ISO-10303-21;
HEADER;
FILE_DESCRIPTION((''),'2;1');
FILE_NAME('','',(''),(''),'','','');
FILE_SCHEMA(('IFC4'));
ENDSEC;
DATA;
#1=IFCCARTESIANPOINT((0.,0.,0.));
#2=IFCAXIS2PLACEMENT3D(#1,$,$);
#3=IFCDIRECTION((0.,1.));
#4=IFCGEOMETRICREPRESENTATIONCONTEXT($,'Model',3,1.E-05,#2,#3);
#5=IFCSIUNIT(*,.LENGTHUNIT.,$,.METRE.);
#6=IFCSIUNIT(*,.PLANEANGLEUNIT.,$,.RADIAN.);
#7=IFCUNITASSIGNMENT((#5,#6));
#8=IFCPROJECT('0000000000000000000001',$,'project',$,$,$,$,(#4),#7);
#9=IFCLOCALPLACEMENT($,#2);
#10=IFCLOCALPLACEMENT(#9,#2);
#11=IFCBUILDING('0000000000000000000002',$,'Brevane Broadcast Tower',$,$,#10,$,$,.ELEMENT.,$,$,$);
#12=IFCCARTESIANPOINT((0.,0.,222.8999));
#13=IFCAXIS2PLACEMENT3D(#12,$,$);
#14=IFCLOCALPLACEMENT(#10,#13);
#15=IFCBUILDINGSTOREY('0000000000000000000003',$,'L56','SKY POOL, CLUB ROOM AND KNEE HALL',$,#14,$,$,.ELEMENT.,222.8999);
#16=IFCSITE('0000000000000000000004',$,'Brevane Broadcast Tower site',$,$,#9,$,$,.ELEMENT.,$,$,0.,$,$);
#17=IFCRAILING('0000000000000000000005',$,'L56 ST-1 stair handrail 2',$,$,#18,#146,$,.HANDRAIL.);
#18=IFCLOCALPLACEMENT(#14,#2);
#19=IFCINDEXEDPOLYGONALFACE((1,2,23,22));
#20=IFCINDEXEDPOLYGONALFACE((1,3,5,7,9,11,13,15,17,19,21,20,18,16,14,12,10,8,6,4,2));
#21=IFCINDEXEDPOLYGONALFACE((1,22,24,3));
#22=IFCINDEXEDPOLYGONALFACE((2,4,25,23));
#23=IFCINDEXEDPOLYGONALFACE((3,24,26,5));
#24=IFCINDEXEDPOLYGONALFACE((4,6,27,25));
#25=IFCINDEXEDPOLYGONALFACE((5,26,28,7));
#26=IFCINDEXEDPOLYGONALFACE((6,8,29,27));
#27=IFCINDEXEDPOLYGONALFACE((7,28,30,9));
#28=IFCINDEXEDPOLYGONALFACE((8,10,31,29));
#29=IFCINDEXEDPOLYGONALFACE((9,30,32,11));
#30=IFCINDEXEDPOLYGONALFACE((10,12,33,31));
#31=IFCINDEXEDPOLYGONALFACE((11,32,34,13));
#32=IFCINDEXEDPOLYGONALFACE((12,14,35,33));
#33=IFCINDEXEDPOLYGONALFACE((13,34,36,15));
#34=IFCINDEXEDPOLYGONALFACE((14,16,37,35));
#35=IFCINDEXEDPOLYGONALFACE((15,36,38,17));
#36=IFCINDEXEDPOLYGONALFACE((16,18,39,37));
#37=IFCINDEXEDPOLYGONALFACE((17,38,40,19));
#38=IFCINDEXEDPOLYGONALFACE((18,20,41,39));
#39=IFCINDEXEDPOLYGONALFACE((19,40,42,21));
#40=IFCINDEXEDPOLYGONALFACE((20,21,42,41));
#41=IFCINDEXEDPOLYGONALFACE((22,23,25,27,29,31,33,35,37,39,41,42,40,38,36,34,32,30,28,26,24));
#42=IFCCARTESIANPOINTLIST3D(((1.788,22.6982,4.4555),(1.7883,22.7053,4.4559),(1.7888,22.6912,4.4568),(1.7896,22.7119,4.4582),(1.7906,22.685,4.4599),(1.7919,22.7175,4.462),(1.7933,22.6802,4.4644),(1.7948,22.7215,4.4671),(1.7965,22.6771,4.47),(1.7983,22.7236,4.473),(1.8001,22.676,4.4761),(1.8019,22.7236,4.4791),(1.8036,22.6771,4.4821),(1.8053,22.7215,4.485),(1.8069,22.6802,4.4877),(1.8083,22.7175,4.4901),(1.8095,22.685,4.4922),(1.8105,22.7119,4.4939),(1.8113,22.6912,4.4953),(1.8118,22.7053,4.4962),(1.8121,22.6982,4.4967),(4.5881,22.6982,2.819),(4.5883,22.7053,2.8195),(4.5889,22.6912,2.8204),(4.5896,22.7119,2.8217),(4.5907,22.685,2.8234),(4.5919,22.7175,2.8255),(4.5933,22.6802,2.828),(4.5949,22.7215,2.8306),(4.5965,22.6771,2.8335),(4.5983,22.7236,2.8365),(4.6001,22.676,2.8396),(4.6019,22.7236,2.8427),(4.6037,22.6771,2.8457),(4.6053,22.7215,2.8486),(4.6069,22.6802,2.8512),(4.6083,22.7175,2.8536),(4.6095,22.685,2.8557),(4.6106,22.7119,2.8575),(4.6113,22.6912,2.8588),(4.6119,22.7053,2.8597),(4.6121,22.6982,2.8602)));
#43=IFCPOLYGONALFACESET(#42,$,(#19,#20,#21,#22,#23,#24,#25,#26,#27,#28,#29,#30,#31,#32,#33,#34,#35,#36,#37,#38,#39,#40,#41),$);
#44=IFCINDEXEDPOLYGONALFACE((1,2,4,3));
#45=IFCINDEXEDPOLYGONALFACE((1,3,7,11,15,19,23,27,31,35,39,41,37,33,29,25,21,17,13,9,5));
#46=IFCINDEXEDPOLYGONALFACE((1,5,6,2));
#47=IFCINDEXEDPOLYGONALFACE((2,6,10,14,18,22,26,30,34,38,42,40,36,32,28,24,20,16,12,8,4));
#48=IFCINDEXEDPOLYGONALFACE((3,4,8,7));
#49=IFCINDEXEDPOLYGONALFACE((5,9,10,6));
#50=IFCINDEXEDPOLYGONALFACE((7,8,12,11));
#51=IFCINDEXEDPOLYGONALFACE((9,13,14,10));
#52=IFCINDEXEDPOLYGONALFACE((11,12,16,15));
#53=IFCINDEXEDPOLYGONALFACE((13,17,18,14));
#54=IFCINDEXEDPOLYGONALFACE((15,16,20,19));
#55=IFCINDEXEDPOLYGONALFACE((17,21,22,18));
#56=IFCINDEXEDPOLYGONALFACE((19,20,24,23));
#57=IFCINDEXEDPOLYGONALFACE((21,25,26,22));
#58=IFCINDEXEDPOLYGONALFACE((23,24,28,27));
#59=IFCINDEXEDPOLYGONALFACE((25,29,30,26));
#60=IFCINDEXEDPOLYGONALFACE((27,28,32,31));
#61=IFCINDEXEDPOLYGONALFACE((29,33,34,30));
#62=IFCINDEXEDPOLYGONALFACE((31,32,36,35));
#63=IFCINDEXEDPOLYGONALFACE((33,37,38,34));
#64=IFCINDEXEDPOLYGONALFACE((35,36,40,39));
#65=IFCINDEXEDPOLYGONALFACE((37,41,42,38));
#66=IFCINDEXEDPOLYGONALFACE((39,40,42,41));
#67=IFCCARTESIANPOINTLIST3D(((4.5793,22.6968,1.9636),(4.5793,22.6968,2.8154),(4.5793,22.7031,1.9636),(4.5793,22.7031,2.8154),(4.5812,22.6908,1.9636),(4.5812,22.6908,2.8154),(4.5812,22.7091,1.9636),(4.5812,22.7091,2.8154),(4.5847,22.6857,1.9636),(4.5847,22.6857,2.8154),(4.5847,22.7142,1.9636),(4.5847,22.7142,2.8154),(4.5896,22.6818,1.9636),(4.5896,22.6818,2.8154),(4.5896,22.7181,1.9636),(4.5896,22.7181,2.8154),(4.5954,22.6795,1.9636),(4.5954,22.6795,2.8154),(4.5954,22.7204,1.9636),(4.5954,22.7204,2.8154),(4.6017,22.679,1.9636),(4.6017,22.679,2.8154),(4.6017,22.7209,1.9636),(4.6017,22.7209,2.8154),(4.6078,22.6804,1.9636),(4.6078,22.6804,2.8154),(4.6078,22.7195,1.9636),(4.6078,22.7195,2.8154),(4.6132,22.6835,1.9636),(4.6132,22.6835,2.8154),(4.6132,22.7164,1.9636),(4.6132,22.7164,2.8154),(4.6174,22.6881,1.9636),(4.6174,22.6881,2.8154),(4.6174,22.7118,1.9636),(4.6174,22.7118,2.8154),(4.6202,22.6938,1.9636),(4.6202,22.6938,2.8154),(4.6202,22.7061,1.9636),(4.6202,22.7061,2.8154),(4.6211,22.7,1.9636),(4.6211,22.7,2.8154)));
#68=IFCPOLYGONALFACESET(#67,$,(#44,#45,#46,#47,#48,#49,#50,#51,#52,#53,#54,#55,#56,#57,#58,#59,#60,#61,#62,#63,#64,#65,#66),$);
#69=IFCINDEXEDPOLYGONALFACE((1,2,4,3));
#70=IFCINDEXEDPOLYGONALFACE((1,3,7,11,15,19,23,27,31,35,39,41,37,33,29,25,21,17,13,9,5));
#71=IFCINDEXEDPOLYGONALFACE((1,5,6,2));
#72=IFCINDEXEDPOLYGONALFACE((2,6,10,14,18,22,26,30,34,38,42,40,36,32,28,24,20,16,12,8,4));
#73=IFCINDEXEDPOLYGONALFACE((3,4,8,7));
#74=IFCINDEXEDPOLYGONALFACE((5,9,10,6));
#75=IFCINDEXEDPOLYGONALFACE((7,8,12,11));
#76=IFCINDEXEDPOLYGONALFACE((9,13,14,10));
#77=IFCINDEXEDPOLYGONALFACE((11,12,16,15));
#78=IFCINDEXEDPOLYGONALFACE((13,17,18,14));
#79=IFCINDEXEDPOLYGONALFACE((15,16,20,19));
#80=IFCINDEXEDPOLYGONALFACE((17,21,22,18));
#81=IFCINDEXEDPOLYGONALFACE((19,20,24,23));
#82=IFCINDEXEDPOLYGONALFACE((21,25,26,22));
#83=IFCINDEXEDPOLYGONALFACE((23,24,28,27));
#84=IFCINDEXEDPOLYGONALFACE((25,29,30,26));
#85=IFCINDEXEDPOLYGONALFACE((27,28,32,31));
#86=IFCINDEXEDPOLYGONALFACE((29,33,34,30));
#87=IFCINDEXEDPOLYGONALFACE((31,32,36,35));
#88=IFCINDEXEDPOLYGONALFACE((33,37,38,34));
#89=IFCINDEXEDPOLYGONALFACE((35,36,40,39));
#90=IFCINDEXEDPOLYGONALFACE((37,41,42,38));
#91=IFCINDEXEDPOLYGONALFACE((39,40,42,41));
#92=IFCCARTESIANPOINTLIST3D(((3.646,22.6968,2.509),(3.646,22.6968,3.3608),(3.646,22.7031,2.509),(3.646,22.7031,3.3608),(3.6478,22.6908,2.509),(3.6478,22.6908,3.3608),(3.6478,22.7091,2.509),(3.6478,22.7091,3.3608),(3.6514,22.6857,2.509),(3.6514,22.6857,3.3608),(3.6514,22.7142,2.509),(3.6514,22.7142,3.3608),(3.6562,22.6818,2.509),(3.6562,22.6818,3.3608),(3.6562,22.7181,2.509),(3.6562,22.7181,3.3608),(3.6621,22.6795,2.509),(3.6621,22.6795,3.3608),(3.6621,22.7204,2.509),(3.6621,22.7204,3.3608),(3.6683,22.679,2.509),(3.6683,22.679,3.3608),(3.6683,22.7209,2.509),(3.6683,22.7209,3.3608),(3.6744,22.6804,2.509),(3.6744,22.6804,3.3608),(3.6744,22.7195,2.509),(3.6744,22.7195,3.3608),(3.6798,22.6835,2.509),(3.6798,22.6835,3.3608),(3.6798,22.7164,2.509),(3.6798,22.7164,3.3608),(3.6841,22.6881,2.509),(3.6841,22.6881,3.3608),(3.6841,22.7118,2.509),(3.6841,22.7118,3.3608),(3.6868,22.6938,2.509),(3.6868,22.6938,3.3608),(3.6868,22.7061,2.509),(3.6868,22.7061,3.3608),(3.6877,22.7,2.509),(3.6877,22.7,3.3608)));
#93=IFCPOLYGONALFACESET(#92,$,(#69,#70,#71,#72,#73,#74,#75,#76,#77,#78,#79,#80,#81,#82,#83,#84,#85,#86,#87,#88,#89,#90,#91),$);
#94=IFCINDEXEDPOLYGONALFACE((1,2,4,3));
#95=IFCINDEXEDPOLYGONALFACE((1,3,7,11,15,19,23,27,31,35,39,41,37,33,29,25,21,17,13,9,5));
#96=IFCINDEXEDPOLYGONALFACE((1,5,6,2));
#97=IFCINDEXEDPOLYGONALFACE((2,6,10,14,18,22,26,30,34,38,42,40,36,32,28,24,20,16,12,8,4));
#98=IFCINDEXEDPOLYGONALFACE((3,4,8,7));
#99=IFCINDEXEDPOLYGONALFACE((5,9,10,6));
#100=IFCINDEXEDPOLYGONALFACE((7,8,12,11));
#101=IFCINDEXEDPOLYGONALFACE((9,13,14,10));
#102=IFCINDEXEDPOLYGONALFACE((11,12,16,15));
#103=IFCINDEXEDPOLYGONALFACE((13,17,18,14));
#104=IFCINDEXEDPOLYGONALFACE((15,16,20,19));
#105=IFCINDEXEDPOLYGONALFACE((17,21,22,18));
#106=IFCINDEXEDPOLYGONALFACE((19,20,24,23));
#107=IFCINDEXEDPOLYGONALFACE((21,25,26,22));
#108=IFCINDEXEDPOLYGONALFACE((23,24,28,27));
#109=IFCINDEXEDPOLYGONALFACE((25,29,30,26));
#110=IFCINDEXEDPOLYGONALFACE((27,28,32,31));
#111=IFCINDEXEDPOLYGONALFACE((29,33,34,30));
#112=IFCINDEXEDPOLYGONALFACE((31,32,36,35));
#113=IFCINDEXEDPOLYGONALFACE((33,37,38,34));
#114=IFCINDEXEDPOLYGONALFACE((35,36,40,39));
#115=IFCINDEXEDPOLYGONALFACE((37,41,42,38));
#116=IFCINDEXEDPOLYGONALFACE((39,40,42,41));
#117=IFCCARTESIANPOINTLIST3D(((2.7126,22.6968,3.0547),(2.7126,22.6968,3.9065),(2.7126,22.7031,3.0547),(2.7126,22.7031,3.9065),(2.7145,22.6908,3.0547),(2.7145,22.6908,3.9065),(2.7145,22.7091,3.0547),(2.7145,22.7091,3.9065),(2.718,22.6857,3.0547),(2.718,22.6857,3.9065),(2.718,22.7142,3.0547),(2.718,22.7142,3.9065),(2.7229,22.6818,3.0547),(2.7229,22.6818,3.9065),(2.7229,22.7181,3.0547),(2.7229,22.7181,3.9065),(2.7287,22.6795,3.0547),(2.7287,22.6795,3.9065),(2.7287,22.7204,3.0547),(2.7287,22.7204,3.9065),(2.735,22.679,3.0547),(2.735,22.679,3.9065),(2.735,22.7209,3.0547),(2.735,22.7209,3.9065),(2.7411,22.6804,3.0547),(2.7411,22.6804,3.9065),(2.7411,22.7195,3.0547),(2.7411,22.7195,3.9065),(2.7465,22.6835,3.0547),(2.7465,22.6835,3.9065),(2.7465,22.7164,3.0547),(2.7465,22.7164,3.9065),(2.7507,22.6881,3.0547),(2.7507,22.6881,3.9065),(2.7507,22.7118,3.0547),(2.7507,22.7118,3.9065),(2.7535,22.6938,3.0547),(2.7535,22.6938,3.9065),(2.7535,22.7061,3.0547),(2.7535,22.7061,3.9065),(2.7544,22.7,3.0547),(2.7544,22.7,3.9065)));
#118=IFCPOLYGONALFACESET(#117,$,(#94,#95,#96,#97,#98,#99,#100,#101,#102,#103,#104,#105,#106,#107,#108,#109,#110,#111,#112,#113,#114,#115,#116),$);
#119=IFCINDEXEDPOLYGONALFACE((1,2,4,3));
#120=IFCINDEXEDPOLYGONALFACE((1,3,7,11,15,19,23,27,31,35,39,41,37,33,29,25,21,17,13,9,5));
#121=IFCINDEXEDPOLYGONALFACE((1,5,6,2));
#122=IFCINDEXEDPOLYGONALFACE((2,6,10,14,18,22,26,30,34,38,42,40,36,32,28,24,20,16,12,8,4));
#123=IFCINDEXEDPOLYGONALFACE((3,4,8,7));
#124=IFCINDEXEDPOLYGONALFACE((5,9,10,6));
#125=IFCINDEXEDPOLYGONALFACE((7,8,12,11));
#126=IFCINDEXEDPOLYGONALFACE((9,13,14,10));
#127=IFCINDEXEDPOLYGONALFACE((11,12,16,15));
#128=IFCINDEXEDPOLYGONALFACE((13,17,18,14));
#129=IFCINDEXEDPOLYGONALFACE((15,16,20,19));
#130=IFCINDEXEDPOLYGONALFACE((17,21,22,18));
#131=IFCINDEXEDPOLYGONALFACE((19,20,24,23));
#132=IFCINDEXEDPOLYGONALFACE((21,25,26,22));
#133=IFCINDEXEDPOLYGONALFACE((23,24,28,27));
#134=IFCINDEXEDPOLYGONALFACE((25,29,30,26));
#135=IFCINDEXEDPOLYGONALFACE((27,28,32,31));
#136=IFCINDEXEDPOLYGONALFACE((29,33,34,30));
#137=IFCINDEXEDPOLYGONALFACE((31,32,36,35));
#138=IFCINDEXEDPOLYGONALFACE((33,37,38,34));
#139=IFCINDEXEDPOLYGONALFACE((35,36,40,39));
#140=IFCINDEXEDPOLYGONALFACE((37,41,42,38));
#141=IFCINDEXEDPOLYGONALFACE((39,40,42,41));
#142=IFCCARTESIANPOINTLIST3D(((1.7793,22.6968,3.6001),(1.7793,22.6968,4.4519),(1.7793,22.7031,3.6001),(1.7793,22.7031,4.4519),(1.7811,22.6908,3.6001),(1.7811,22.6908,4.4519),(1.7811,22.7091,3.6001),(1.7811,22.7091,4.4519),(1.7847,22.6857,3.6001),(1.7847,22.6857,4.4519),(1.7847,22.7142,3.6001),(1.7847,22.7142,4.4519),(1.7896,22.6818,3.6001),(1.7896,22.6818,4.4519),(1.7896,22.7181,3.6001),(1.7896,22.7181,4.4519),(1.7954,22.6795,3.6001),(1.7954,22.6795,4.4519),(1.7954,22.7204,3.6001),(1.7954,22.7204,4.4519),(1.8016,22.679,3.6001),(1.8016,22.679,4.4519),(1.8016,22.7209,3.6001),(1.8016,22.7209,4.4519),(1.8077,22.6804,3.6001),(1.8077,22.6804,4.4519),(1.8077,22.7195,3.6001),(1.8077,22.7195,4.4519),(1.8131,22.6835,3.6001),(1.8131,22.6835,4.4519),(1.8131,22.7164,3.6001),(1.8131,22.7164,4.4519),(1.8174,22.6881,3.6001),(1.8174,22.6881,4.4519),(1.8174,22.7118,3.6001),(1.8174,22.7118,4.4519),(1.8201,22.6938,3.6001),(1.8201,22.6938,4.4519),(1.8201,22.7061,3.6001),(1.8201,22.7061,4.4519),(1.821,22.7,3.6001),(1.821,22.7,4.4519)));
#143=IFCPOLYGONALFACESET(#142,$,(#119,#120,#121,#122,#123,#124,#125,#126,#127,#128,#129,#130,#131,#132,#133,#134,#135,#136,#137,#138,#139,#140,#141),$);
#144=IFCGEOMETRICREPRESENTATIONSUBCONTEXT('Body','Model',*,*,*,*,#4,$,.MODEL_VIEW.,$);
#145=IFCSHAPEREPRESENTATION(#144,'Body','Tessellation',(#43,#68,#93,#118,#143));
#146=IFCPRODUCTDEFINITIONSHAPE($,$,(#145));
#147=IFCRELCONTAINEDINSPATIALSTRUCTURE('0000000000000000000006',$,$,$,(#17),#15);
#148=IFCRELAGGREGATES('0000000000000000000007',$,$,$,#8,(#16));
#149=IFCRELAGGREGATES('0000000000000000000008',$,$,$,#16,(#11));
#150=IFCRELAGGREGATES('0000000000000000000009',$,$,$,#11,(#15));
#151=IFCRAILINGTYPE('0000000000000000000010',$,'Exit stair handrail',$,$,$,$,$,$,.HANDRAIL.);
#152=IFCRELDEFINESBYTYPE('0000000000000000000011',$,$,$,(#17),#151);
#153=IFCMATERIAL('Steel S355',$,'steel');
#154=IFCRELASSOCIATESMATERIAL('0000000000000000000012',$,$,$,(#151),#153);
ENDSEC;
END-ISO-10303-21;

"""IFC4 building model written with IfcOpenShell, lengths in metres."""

from ifc_helpers import new_model, si_unit, direction, frame, origin, origin_2d, place, context, subcontext, project, spatial, circle, extrude, material, type_object, element, save


model = new_model("IFC4")

# Units and contexts
model_context = context("Model", 3, precision=1e-05, world=origin(), true_north=direction((0.0, 1.0)))
body_context = subcontext(model_context, "Body", "Model", "MODEL_VIEW")
ifc_project = project(units=[si_unit("LENGTHUNIT", "METRE"), si_unit("PLANEANGLEUNIT", "RADIAN")], contexts=[model_context])

# Site, building, storey
site_placement = place(None, origin())
site = spatial("IfcSite", under=ifc_project, at=site_placement, Name="Brevane Broadcast Tower site", CompositionType="ELEMENT", RefElevation=0.0)
building_placement = place(site_placement, origin())
building = spatial("IfcBuilding", under=site, at=building_placement, Name="Brevane Broadcast Tower", CompositionType="ELEMENT")
storey_placement = place(building_placement, frame((0.0, 0.0, 222.8999)))
storey = spatial("IfcBuildingStorey", under=building, at=storey_placement, Name="L56", Description="SKY POOL, CLUB ROOM AND KNEE HALL", CompositionType="ELEMENT", Elevation=222.8999)

# Railing
ifc_material_1 = material(Name="Steel S355", Category="steel")
railing_type_1 = type_object("IfcRailingType", Name="Exit stair handrail", PredefinedType="HANDRAIL", material=ifc_material_1)
railing_1_placement = place(storey_placement, frame((4.6001, 22.7, 1.9636)))
element("IfcRailing", 1, at=railing_1_placement, inside=storey, type_object=railing_type_1, Name="L56 ST-1 stair handrail 2", PredefinedType="HANDRAIL", context=body_context, shape_type="SweptSolid", body=[
    extrude(circle(Radius=0.0239, at=origin_2d()), frame((0.0, 0.0, 0.876), z_axis=(-0.863361, 0.0, 0.504587), x_axis=(0.0, -1.0, 0.0)), (0.0, 0.0, 1.0), 3.2432),
    extrude(circle(Radius=0.021, at=origin_2d()), origin(), (0.0, 0.0, 1.0), 0.8518),
    extrude(circle(Radius=0.021, at=origin_2d()), frame((-0.9333, 0.0, 0.5454)), (0.0, 0.0, 1.0), 0.8518),
    extrude(circle(Radius=0.021, at=origin_2d()), frame((-1.8667, 0.0, 1.0911)), (0.0, 0.0, 1.0), 0.8518),
    extrude(circle(Radius=0.021, at=origin_2d()), frame((-2.8, 0.0, 1.6365)), (0.0, 0.0, 1.0), 0.8518),
])

save(model, "model.ifc")
